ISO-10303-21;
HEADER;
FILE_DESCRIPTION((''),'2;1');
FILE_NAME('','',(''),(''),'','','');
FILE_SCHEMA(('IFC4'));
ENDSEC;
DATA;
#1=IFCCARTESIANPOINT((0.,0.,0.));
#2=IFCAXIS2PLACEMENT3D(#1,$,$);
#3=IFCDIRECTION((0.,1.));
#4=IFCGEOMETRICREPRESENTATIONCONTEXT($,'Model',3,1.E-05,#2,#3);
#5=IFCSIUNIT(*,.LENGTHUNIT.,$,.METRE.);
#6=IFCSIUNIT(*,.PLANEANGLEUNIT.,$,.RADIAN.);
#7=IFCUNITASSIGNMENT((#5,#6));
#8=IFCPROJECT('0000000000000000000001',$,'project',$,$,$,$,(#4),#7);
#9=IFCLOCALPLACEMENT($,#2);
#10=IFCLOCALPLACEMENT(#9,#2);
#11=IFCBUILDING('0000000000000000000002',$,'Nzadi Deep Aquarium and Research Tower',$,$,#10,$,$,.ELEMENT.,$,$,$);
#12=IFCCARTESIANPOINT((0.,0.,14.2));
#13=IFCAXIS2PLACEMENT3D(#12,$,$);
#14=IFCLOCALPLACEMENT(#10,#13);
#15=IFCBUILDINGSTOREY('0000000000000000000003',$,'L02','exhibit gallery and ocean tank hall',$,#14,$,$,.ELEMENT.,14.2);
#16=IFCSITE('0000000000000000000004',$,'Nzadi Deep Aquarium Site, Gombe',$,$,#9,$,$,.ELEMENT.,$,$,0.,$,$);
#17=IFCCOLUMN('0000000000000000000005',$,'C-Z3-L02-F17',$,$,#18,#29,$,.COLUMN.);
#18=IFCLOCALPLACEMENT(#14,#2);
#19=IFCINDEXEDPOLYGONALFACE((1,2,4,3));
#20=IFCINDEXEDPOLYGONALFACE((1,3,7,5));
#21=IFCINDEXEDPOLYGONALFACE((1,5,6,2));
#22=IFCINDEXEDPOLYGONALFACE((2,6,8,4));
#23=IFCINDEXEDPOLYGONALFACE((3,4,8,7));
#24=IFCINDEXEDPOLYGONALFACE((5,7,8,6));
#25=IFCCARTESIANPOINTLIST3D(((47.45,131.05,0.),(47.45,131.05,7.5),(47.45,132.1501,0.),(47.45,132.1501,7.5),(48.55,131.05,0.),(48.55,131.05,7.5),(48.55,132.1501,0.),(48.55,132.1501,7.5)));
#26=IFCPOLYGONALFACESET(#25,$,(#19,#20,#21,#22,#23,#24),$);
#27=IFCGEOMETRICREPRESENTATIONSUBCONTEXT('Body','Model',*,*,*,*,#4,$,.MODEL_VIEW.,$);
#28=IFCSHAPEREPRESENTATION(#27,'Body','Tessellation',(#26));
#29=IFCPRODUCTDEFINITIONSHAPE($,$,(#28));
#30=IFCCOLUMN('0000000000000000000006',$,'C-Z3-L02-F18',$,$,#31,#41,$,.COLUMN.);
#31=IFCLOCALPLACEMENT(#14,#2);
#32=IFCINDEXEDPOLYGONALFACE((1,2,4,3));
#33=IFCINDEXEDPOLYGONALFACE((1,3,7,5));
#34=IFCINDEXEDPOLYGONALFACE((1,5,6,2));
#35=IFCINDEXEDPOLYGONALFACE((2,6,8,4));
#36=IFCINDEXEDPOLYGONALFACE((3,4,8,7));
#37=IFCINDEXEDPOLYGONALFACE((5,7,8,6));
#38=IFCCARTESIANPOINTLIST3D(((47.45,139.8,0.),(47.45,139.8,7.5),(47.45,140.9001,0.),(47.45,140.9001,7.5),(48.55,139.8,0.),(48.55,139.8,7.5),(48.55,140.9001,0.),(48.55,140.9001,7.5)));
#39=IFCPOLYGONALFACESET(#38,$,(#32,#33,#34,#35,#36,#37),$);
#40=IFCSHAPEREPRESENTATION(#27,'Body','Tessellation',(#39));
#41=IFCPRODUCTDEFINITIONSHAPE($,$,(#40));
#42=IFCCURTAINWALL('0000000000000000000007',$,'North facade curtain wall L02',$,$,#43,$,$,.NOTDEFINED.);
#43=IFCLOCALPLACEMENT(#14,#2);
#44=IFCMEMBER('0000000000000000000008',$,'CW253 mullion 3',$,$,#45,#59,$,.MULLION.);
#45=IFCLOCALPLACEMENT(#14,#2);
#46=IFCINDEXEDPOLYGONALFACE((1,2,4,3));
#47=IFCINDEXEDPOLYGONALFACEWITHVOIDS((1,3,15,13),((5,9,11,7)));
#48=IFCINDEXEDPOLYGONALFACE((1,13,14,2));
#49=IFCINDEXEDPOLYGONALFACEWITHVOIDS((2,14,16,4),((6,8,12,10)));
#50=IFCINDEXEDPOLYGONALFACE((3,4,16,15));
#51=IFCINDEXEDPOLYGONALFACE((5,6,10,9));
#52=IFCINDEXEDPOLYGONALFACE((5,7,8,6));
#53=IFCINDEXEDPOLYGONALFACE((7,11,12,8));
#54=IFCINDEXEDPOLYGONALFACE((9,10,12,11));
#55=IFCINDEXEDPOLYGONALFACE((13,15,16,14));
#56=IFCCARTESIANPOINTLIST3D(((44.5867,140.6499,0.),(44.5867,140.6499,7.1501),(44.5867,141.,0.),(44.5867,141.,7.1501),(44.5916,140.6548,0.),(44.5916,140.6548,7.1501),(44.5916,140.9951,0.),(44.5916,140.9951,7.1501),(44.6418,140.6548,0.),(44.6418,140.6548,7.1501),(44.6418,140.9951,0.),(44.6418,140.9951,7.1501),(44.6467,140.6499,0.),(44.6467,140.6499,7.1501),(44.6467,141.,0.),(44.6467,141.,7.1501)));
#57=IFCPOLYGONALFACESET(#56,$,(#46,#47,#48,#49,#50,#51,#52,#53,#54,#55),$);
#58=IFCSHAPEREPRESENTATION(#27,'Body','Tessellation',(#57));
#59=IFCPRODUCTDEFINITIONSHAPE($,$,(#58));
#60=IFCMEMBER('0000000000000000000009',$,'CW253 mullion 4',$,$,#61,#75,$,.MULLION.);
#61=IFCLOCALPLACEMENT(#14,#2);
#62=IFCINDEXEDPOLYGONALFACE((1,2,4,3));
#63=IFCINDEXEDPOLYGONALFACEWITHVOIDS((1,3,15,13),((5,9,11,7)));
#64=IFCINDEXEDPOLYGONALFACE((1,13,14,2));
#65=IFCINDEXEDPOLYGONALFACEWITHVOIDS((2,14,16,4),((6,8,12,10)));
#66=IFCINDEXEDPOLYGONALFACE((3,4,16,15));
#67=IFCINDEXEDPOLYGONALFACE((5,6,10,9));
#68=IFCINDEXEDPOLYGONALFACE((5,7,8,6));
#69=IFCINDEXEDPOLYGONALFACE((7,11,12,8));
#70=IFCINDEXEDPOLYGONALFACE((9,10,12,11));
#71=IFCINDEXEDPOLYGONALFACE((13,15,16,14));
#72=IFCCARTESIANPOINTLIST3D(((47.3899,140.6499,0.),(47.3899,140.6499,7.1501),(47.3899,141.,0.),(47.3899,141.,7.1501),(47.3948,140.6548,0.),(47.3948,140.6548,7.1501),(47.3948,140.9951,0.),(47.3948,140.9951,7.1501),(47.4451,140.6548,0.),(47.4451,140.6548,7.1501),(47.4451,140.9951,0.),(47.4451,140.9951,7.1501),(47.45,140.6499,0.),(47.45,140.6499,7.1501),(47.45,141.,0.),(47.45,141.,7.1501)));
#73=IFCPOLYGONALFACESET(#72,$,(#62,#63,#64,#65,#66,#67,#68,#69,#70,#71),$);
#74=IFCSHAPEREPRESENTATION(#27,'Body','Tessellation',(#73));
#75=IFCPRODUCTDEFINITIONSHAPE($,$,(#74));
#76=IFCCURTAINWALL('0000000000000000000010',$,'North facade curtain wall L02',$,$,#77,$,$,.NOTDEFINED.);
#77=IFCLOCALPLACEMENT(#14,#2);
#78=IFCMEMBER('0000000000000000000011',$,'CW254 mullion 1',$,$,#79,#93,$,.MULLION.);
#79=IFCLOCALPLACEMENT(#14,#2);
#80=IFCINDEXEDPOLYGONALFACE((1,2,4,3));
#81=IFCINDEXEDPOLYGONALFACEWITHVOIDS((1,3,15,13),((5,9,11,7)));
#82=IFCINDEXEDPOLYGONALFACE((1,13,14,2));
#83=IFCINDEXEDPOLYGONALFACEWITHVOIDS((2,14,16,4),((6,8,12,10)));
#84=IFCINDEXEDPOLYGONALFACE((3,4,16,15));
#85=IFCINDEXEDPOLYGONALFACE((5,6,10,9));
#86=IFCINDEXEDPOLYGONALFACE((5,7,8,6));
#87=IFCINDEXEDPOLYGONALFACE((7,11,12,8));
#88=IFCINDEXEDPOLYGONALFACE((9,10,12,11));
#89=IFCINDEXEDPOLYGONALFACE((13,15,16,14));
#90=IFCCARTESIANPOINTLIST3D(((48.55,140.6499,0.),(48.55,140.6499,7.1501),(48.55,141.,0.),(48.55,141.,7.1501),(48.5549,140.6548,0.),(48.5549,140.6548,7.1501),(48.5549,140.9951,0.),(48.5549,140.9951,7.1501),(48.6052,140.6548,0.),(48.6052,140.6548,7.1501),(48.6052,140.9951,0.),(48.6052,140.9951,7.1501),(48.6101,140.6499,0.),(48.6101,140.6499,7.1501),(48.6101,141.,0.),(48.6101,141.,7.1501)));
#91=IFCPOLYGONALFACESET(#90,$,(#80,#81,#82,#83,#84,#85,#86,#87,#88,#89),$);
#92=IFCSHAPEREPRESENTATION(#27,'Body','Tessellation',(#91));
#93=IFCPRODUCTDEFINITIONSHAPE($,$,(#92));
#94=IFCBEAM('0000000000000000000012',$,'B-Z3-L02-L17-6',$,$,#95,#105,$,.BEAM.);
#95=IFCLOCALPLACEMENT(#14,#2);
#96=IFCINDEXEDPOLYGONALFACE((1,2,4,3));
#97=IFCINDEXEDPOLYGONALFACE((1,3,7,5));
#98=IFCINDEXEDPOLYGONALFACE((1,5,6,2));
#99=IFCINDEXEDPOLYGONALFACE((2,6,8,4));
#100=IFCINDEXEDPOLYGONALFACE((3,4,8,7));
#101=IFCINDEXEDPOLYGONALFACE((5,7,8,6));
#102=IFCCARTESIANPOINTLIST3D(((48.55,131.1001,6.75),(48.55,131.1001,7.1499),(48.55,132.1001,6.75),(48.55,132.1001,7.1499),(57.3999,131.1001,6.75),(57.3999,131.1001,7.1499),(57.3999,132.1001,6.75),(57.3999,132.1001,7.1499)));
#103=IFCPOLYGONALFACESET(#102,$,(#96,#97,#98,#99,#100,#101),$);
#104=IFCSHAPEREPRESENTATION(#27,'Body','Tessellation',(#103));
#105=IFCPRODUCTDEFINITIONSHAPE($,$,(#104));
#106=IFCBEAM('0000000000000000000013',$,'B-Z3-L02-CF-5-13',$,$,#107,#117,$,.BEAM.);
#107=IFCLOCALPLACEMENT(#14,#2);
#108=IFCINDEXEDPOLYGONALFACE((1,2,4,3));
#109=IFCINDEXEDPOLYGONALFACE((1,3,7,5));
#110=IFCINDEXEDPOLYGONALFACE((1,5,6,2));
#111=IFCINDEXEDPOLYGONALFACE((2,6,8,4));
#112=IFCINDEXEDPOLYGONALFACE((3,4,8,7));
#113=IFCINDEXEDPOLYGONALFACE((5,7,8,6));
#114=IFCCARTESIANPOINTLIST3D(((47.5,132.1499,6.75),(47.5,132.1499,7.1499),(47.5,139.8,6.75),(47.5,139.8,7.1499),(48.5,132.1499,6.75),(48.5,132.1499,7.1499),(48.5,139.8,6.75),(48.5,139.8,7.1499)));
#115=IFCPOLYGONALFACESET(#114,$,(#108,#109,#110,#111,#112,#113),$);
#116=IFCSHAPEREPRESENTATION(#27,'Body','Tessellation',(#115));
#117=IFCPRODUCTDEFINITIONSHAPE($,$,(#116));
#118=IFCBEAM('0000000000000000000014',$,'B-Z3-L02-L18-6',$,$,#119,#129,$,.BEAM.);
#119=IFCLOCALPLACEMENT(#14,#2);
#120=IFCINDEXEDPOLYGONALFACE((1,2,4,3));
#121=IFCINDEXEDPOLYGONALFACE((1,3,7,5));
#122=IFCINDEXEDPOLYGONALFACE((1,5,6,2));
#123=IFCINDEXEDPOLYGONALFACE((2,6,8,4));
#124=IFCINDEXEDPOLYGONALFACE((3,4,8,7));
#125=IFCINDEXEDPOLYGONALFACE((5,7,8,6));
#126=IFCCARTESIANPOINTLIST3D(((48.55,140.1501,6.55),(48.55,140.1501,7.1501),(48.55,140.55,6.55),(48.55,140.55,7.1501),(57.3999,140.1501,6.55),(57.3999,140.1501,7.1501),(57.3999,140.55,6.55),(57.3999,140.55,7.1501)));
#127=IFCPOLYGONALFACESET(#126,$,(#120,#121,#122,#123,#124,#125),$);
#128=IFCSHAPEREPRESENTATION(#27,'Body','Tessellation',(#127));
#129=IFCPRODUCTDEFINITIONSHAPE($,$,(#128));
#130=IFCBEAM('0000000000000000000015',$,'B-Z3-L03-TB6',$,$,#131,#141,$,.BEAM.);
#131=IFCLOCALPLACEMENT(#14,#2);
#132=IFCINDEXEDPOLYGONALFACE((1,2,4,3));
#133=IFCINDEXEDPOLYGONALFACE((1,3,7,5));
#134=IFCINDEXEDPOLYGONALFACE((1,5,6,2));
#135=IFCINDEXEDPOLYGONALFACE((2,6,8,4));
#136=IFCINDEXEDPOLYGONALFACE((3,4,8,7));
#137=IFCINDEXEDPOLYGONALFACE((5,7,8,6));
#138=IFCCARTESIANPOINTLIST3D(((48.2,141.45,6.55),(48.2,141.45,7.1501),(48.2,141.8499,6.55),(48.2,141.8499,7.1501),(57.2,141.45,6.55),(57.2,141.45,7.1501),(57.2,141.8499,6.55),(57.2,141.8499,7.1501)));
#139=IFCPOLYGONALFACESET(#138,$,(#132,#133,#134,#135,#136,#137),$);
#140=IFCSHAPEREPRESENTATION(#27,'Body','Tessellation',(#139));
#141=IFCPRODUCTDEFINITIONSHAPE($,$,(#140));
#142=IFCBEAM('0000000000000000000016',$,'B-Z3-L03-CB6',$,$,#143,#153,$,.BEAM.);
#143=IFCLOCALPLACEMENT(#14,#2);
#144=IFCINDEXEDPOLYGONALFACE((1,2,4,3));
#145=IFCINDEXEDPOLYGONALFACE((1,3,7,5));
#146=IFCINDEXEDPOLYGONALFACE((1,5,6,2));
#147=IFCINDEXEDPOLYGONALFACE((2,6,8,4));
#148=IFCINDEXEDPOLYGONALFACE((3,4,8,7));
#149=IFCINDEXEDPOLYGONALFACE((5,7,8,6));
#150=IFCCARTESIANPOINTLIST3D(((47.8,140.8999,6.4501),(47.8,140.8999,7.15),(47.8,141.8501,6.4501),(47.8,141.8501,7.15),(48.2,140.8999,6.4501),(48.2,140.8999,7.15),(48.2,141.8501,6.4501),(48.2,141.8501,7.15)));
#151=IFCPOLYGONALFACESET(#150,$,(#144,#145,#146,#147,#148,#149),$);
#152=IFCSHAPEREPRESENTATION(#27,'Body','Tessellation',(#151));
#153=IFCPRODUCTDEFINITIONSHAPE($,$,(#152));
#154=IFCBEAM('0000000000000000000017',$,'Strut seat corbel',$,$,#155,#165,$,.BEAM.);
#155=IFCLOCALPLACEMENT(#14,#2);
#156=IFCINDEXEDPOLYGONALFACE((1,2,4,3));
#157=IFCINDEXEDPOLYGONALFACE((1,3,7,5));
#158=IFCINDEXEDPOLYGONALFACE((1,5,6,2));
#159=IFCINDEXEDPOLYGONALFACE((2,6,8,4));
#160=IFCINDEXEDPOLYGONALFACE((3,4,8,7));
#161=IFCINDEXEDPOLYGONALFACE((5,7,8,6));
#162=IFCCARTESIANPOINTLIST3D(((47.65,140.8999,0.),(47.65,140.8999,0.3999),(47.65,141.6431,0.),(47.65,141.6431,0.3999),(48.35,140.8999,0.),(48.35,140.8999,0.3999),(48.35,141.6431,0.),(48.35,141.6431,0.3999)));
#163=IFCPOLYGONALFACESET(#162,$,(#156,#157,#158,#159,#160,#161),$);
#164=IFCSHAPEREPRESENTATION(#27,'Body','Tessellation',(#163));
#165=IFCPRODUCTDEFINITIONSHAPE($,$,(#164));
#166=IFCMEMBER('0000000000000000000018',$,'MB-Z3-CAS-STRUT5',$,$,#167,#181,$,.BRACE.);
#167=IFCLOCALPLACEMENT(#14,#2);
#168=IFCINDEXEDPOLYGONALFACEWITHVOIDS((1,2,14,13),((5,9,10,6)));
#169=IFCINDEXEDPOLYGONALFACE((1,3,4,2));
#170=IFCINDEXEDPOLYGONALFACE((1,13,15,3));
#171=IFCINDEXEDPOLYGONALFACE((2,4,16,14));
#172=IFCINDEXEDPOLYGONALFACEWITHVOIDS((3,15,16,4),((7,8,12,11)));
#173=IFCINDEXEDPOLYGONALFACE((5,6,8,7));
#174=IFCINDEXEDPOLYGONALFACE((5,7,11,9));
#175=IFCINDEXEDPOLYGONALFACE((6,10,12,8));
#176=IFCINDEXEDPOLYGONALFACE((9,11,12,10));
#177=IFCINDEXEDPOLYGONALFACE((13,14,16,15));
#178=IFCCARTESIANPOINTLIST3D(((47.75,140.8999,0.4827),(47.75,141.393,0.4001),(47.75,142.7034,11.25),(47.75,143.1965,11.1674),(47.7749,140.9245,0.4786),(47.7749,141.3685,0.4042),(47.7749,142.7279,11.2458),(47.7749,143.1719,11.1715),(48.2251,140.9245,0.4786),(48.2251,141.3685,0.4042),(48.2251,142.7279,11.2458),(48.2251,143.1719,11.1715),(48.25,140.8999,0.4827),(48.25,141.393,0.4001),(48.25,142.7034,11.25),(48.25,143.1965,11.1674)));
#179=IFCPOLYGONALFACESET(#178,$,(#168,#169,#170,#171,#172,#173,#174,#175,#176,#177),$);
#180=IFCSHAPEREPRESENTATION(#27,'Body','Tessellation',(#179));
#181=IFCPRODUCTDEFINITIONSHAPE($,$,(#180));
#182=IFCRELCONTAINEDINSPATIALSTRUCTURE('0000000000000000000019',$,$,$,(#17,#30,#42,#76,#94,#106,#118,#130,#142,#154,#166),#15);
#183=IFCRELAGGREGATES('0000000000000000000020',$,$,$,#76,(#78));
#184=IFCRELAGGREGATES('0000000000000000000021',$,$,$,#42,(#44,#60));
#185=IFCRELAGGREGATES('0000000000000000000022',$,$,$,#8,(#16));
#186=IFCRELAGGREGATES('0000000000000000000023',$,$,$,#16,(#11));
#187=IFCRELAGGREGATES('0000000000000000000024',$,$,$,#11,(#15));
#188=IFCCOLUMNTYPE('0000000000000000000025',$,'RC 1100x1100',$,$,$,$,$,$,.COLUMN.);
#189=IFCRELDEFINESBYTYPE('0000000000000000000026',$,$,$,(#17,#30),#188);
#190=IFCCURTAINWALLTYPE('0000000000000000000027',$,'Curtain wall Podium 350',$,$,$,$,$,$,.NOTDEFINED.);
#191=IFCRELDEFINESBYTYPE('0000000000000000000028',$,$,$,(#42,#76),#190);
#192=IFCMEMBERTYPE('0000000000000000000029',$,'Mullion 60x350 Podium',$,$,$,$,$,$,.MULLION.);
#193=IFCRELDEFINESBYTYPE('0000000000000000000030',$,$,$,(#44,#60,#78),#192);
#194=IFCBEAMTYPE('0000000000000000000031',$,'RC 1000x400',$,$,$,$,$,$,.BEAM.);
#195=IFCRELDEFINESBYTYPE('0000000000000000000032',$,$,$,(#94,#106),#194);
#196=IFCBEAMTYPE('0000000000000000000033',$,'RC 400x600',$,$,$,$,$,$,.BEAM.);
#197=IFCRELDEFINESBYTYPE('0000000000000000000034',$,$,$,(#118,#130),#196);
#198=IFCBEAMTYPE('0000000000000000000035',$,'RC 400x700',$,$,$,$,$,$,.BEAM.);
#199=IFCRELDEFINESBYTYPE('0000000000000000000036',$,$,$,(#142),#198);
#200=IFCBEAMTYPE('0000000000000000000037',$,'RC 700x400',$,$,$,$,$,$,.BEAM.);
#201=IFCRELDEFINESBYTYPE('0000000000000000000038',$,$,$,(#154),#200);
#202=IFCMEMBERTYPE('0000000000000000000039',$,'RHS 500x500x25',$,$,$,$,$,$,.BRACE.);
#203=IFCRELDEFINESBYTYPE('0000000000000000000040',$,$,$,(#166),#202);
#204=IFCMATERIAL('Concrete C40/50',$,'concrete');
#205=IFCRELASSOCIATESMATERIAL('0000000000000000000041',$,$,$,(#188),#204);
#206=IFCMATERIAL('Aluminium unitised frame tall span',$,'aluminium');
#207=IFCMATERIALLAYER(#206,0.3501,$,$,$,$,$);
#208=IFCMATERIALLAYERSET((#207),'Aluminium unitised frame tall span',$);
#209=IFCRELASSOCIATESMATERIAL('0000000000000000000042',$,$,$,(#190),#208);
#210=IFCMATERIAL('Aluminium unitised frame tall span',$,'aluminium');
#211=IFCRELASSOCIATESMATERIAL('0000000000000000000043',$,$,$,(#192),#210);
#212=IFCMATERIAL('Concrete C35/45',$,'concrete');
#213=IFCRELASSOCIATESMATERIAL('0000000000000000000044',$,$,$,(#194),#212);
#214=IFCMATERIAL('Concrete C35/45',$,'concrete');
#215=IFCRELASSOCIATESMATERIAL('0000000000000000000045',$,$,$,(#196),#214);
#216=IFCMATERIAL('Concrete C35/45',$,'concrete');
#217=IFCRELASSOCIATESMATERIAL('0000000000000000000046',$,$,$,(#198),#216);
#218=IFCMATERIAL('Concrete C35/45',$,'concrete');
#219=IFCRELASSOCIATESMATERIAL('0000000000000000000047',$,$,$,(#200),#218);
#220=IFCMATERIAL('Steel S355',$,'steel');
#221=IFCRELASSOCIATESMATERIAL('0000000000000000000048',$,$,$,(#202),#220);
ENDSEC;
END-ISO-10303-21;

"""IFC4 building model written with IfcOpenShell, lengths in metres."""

from ifc_helpers import new_model, si_unit, direction, frame, origin, origin_2d, place, context, subcontext, project, spatial, rectangle, hollow_rectangle, extrude, material, layer, layer_set, material_profile, profile_set, type_object, element, aggregate, save


model = new_model("IFC4")

# Units and contexts
model_context = context("Model", 3, precision=1e-05, world=origin(), true_north=direction((0.0, 1.0)))
body_context = subcontext(model_context, "Body", "Model", "MODEL_VIEW")
ifc_project = project(units=[si_unit("LENGTHUNIT", "METRE"), si_unit("PLANEANGLEUNIT", "RADIAN")], contexts=[model_context])

# Site, building, storey
site_placement = place(None, origin())
site = spatial("IfcSite", under=ifc_project, at=site_placement, Name="Nzadi Deep Aquarium Site, Gombe", CompositionType="ELEMENT", RefElevation=0.0)
building_placement = place(site_placement, origin())
building = spatial("IfcBuilding", under=site, at=building_placement, Name="Nzadi Deep Aquarium and Research Tower", CompositionType="ELEMENT")
storey_placement = place(building_placement, frame((0.0, 0.0, 14.2)))
storey = spatial("IfcBuildingStorey", under=building, at=storey_placement, Name="L02", Description="exhibit gallery and ocean tank hall", CompositionType="ELEMENT", Elevation=14.2)

# Columns
ifc_material_1 = material(Name="Concrete C40/50", Category="concrete")
ifc_material_profile_1 = material_profile(ifc_material_1, rectangle(XDim=1.1001, YDim=1.1001, at=origin_2d()))
ifc_profile_set_1 = profile_set([ifc_material_profile_1], Name="Concrete C40/50")
column_type = type_object("IfcColumnType", Name="RC 1100x1100", PredefinedType="COLUMN", material=ifc_profile_set_1)
for number, where, z_axis, x_axis, name in (
    (1, (48.0, 131.6001, 0.0), (0.0, 0.0, 1.0), (1.0, 0.0, 0.0), "C-Z3-L02-F17"),
    (2, (48.0, 140.3501, 0.0), (0.0, 0.0, 1.0), (1.0, 0.0, 0.0), "C-Z3-L02-F18"),
):
    element("IfcColumn", number, at=place(storey_placement, frame(where, z_axis=z_axis, x_axis=x_axis)), inside=storey, type_object=column_type, Name=name, PredefinedType="COLUMN", context=body_context, shape_type="SweptSolid", body=[
        extrude(rectangle(XDim=1.1001, YDim=1.1001, at=origin_2d()), origin(), (0.0, 0.0, 1.0), 7.5),
    ])

# Curtain wall, members
ifc_material_2 = material(Name="Aluminium unitised frame tall span", Category="aluminium")
ifc_layer_1 = layer(ifc_material_2, 0.3501)
ifc_layer_set_1 = layer_set([ifc_layer_1], Name="Aluminium unitised frame tall span")
curtain_wall_type = type_object("IfcCurtainWallType", Name="Curtain wall Podium 350", PredefinedType="NOTDEFINED", material=ifc_layer_set_1)
curtain_wall_1_placement = place(storey_placement, origin())
curtain_wall_1 = element("IfcCurtainWall", 3, at=curtain_wall_1_placement, inside=storey, type_object=curtain_wall_type, Name="North facade curtain wall L02", PredefinedType="NOTDEFINED")
ifc_material_3 = material(Name="Aluminium unitised frame tall span", Category="aluminium")
ifc_material_profile_2 = material_profile(ifc_material_3, hollow_rectangle(XDim=0.3501, YDim=0.0601, WallThickness=0.0049, at=origin_2d()))
ifc_profile_set_2 = profile_set([ifc_material_profile_2], Name="Aluminium unitised frame tall span")
member_type_1 = type_object("IfcMemberType", Name="Mullion 60x350 Podium", PredefinedType="MULLION", material=ifc_profile_set_2)
member_1_placement = place(storey_placement, frame((44.6167, 140.825, 0.0), z_axis=(0.0, 0.0, 1.0), x_axis=(0.0, 1.0, 0.0)))
member_1 = element("IfcMember", 4, at=member_1_placement, type_object=member_type_1, Name="CW253 mullion 3", PredefinedType="MULLION", context=body_context, shape_type="SweptSolid", body=[
    extrude(hollow_rectangle(XDim=0.3501, YDim=0.0601, WallThickness=0.0049, at=origin_2d()), origin(), (0.0, 0.0, 1.0), 7.1501),
])
member_2_placement = place(storey_placement, frame((47.4199, 140.825, 0.0), z_axis=(0.0, 0.0, 1.0), x_axis=(0.0, 1.0, 0.0)))
member_2 = element("IfcMember", 5, at=member_2_placement, type_object=member_type_1, Name="CW253 mullion 4", PredefinedType="MULLION", context=body_context, shape_type="SweptSolid", body=[
    extrude(hollow_rectangle(XDim=0.3501, YDim=0.0601, WallThickness=0.0049, at=origin_2d()), origin(), (0.0, 0.0, 1.0), 7.1501),
])

# Curtain wall, member
curtain_wall_2_placement = place(storey_placement, origin())
curtain_wall_2 = element("IfcCurtainWall", 6, at=curtain_wall_2_placement, inside=storey, type_object=curtain_wall_type, Name="North facade curtain wall L02", PredefinedType="NOTDEFINED")
member_3_placement = place(storey_placement, frame((48.5801, 140.825, 0.0), z_axis=(0.0, 0.0, 1.0), x_axis=(0.0, 1.0, 0.0)))
member_3 = element("IfcMember", 7, at=member_3_placement, type_object=member_type_1, Name="CW254 mullion 1", PredefinedType="MULLION", context=body_context, shape_type="SweptSolid", body=[
    extrude(hollow_rectangle(XDim=0.3501, YDim=0.0601, WallThickness=0.0049, at=origin_2d()), origin(), (0.0, 0.0, 1.0), 7.1501),
])

# Beams
ifc_material_4 = material(Name="Concrete C35/45", Category="concrete")
ifc_material_profile_3 = material_profile(ifc_material_4, rectangle(XDim=1.0, YDim=0.3999, at=origin_2d()))
ifc_profile_set_3 = profile_set([ifc_material_profile_3], Name="Concrete C35/45")
beam_type_1 = type_object("IfcBeamType", Name="RC 1000x400", PredefinedType="BEAM", material=ifc_profile_set_3)
beam_1_placement = place(storey_placement, frame((48.55, 131.6001, 6.95), z_axis=(1.0, 0.0, 0.0), x_axis=(0.0, 1.0, 0.0)))
element("IfcBeam", 8, at=beam_1_placement, inside=storey, type_object=beam_type_1, Name="B-Z3-L02-L17-6", PredefinedType="BEAM", context=body_context, shape_type="SweptSolid", body=[
    extrude(rectangle(XDim=1.0, YDim=0.3999, at=origin_2d()), origin(), (0.0, 0.0, 1.0), 8.8499),
])
beam_2_placement = place(storey_placement, frame((48.0, 132.1499, 6.95), z_axis=(0.0, 1.0, 0.0), x_axis=(-1.0, 0.0, 0.0)))
element("IfcBeam", 9, at=beam_2_placement, inside=storey, type_object=beam_type_1, Name="B-Z3-L02-CF-5-13", PredefinedType="BEAM", context=body_context, shape_type="SweptSolid", body=[
    extrude(rectangle(XDim=1.0, YDim=0.3999, at=origin_2d()), origin(), (0.0, 0.0, 1.0), 7.6501),
])
ifc_material_5 = material(Name="Concrete C35/45", Category="concrete")
ifc_material_profile_4 = material_profile(ifc_material_5, rectangle(XDim=0.3999, YDim=0.6001, at=origin_2d()))
ifc_profile_set_4 = profile_set([ifc_material_profile_4], Name="Concrete C35/45")
beam_type_2 = type_object("IfcBeamType", Name="RC 400x600", PredefinedType="BEAM", material=ifc_profile_set_4)
beam_3_placement = place(storey_placement, frame((48.55, 140.3501, 6.8501), z_axis=(1.0, 0.0, 0.0), x_axis=(0.0, 1.0, 0.0)))
element("IfcBeam", 10, at=beam_3_placement, inside=storey, type_object=beam_type_2, Name="B-Z3-L02-L18-6", PredefinedType="BEAM", context=body_context, shape_type="SweptSolid", body=[
    extrude(rectangle(XDim=0.3999, YDim=0.6001, at=origin_2d()), origin(), (0.0, 0.0, 1.0), 8.8499),
])
beam_4_placement = place(storey_placement, frame((48.2, 141.6499, 6.8501), z_axis=(1.0, 0.0, 0.0), x_axis=(0.0, 1.0, 0.0)))
element("IfcBeam", 11, at=beam_4_placement, inside=storey, type_object=beam_type_2, Name="B-Z3-L03-TB6", PredefinedType="BEAM", context=body_context, shape_type="SweptSolid", body=[
    extrude(rectangle(XDim=0.3999, YDim=0.6001, at=origin_2d()), origin(), (0.0, 0.0, 1.0), 9.0),
])
ifc_material_6 = material(Name="Concrete C35/45", Category="concrete")
ifc_material_profile_5 = material_profile(ifc_material_6, rectangle(XDim=0.3999, YDim=0.7, at=origin_2d()))
ifc_profile_set_5 = profile_set([ifc_material_profile_5], Name="Concrete C35/45")
beam_type_3 = type_object("IfcBeamType", Name="RC 400x700", PredefinedType="BEAM", material=ifc_profile_set_5)
beam_5_placement = place(storey_placement, frame((48.0, 140.8999, 6.8), z_axis=(0.0, 1.0, 0.0), x_axis=(-1.0, 0.0, 0.0)))
element("IfcBeam", 12, at=beam_5_placement, inside=storey, type_object=beam_type_3, Name="B-Z3-L03-CB6", PredefinedType="BEAM", context=body_context, shape_type="SweptSolid", body=[
    extrude(rectangle(XDim=0.3999, YDim=0.7, at=origin_2d()), origin(), (0.0, 0.0, 1.0), 0.9502),
])
ifc_material_7 = material(Name="Concrete C35/45", Category="concrete")
ifc_material_profile_6 = material_profile(ifc_material_7, rectangle(XDim=0.7, YDim=0.3999, at=origin_2d()))
ifc_profile_set_6 = profile_set([ifc_material_profile_6], Name="Concrete C35/45")
beam_type_4 = type_object("IfcBeamType", Name="RC 700x400", PredefinedType="BEAM", material=ifc_profile_set_6)
beam_6_placement = place(storey_placement, frame((48.0, 140.8999, 0.2), z_axis=(0.0, 1.0, 0.0), x_axis=(-1.0, 0.0, 0.0)))
element("IfcBeam", 13, at=beam_6_placement, inside=storey, type_object=beam_type_4, Name="Strut seat corbel", PredefinedType="BEAM", context=body_context, shape_type="SweptSolid", body=[
    extrude(rectangle(XDim=0.7, YDim=0.3999, at=origin_2d()), origin(), (0.0, 0.0, 1.0), 0.7432),
])

# Member
ifc_material_8 = material(Name="Steel S355", Category="steel")
ifc_material_profile_7 = material_profile(ifc_material_8, hollow_rectangle(XDim=0.5, YDim=0.5, WallThickness=0.0249, at=origin_2d()))
ifc_profile_set_7 = profile_set([ifc_material_profile_7], Name="Steel S355")
member_type_2 = type_object("IfcMemberType", Name="RHS 500x500x25", PredefinedType="BRACE", material=ifc_profile_set_7)
member_4_placement = place(storey_placement, frame((48.0, 141.1465, 0.4414), z_axis=(0.0, 0.165193, 0.986261), x_axis=(-1.0, 0.0, 0.0)))
element("IfcMember", 14, at=member_4_placement, inside=storey, type_object=member_type_2, Name="MB-Z3-CAS-STRUT5", PredefinedType="BRACE", context=body_context, shape_type="SweptSolid", body=[
    extrude(hollow_rectangle(XDim=0.5, YDim=0.5, WallThickness=0.0249, at=origin_2d()), origin(), (0.0, 0.0, 1.0), 10.9172),
])
aggregate(curtain_wall_2, [member_3])

aggregate(curtain_wall_1, [member_1, member_2])

save(model, "model.ifc")
